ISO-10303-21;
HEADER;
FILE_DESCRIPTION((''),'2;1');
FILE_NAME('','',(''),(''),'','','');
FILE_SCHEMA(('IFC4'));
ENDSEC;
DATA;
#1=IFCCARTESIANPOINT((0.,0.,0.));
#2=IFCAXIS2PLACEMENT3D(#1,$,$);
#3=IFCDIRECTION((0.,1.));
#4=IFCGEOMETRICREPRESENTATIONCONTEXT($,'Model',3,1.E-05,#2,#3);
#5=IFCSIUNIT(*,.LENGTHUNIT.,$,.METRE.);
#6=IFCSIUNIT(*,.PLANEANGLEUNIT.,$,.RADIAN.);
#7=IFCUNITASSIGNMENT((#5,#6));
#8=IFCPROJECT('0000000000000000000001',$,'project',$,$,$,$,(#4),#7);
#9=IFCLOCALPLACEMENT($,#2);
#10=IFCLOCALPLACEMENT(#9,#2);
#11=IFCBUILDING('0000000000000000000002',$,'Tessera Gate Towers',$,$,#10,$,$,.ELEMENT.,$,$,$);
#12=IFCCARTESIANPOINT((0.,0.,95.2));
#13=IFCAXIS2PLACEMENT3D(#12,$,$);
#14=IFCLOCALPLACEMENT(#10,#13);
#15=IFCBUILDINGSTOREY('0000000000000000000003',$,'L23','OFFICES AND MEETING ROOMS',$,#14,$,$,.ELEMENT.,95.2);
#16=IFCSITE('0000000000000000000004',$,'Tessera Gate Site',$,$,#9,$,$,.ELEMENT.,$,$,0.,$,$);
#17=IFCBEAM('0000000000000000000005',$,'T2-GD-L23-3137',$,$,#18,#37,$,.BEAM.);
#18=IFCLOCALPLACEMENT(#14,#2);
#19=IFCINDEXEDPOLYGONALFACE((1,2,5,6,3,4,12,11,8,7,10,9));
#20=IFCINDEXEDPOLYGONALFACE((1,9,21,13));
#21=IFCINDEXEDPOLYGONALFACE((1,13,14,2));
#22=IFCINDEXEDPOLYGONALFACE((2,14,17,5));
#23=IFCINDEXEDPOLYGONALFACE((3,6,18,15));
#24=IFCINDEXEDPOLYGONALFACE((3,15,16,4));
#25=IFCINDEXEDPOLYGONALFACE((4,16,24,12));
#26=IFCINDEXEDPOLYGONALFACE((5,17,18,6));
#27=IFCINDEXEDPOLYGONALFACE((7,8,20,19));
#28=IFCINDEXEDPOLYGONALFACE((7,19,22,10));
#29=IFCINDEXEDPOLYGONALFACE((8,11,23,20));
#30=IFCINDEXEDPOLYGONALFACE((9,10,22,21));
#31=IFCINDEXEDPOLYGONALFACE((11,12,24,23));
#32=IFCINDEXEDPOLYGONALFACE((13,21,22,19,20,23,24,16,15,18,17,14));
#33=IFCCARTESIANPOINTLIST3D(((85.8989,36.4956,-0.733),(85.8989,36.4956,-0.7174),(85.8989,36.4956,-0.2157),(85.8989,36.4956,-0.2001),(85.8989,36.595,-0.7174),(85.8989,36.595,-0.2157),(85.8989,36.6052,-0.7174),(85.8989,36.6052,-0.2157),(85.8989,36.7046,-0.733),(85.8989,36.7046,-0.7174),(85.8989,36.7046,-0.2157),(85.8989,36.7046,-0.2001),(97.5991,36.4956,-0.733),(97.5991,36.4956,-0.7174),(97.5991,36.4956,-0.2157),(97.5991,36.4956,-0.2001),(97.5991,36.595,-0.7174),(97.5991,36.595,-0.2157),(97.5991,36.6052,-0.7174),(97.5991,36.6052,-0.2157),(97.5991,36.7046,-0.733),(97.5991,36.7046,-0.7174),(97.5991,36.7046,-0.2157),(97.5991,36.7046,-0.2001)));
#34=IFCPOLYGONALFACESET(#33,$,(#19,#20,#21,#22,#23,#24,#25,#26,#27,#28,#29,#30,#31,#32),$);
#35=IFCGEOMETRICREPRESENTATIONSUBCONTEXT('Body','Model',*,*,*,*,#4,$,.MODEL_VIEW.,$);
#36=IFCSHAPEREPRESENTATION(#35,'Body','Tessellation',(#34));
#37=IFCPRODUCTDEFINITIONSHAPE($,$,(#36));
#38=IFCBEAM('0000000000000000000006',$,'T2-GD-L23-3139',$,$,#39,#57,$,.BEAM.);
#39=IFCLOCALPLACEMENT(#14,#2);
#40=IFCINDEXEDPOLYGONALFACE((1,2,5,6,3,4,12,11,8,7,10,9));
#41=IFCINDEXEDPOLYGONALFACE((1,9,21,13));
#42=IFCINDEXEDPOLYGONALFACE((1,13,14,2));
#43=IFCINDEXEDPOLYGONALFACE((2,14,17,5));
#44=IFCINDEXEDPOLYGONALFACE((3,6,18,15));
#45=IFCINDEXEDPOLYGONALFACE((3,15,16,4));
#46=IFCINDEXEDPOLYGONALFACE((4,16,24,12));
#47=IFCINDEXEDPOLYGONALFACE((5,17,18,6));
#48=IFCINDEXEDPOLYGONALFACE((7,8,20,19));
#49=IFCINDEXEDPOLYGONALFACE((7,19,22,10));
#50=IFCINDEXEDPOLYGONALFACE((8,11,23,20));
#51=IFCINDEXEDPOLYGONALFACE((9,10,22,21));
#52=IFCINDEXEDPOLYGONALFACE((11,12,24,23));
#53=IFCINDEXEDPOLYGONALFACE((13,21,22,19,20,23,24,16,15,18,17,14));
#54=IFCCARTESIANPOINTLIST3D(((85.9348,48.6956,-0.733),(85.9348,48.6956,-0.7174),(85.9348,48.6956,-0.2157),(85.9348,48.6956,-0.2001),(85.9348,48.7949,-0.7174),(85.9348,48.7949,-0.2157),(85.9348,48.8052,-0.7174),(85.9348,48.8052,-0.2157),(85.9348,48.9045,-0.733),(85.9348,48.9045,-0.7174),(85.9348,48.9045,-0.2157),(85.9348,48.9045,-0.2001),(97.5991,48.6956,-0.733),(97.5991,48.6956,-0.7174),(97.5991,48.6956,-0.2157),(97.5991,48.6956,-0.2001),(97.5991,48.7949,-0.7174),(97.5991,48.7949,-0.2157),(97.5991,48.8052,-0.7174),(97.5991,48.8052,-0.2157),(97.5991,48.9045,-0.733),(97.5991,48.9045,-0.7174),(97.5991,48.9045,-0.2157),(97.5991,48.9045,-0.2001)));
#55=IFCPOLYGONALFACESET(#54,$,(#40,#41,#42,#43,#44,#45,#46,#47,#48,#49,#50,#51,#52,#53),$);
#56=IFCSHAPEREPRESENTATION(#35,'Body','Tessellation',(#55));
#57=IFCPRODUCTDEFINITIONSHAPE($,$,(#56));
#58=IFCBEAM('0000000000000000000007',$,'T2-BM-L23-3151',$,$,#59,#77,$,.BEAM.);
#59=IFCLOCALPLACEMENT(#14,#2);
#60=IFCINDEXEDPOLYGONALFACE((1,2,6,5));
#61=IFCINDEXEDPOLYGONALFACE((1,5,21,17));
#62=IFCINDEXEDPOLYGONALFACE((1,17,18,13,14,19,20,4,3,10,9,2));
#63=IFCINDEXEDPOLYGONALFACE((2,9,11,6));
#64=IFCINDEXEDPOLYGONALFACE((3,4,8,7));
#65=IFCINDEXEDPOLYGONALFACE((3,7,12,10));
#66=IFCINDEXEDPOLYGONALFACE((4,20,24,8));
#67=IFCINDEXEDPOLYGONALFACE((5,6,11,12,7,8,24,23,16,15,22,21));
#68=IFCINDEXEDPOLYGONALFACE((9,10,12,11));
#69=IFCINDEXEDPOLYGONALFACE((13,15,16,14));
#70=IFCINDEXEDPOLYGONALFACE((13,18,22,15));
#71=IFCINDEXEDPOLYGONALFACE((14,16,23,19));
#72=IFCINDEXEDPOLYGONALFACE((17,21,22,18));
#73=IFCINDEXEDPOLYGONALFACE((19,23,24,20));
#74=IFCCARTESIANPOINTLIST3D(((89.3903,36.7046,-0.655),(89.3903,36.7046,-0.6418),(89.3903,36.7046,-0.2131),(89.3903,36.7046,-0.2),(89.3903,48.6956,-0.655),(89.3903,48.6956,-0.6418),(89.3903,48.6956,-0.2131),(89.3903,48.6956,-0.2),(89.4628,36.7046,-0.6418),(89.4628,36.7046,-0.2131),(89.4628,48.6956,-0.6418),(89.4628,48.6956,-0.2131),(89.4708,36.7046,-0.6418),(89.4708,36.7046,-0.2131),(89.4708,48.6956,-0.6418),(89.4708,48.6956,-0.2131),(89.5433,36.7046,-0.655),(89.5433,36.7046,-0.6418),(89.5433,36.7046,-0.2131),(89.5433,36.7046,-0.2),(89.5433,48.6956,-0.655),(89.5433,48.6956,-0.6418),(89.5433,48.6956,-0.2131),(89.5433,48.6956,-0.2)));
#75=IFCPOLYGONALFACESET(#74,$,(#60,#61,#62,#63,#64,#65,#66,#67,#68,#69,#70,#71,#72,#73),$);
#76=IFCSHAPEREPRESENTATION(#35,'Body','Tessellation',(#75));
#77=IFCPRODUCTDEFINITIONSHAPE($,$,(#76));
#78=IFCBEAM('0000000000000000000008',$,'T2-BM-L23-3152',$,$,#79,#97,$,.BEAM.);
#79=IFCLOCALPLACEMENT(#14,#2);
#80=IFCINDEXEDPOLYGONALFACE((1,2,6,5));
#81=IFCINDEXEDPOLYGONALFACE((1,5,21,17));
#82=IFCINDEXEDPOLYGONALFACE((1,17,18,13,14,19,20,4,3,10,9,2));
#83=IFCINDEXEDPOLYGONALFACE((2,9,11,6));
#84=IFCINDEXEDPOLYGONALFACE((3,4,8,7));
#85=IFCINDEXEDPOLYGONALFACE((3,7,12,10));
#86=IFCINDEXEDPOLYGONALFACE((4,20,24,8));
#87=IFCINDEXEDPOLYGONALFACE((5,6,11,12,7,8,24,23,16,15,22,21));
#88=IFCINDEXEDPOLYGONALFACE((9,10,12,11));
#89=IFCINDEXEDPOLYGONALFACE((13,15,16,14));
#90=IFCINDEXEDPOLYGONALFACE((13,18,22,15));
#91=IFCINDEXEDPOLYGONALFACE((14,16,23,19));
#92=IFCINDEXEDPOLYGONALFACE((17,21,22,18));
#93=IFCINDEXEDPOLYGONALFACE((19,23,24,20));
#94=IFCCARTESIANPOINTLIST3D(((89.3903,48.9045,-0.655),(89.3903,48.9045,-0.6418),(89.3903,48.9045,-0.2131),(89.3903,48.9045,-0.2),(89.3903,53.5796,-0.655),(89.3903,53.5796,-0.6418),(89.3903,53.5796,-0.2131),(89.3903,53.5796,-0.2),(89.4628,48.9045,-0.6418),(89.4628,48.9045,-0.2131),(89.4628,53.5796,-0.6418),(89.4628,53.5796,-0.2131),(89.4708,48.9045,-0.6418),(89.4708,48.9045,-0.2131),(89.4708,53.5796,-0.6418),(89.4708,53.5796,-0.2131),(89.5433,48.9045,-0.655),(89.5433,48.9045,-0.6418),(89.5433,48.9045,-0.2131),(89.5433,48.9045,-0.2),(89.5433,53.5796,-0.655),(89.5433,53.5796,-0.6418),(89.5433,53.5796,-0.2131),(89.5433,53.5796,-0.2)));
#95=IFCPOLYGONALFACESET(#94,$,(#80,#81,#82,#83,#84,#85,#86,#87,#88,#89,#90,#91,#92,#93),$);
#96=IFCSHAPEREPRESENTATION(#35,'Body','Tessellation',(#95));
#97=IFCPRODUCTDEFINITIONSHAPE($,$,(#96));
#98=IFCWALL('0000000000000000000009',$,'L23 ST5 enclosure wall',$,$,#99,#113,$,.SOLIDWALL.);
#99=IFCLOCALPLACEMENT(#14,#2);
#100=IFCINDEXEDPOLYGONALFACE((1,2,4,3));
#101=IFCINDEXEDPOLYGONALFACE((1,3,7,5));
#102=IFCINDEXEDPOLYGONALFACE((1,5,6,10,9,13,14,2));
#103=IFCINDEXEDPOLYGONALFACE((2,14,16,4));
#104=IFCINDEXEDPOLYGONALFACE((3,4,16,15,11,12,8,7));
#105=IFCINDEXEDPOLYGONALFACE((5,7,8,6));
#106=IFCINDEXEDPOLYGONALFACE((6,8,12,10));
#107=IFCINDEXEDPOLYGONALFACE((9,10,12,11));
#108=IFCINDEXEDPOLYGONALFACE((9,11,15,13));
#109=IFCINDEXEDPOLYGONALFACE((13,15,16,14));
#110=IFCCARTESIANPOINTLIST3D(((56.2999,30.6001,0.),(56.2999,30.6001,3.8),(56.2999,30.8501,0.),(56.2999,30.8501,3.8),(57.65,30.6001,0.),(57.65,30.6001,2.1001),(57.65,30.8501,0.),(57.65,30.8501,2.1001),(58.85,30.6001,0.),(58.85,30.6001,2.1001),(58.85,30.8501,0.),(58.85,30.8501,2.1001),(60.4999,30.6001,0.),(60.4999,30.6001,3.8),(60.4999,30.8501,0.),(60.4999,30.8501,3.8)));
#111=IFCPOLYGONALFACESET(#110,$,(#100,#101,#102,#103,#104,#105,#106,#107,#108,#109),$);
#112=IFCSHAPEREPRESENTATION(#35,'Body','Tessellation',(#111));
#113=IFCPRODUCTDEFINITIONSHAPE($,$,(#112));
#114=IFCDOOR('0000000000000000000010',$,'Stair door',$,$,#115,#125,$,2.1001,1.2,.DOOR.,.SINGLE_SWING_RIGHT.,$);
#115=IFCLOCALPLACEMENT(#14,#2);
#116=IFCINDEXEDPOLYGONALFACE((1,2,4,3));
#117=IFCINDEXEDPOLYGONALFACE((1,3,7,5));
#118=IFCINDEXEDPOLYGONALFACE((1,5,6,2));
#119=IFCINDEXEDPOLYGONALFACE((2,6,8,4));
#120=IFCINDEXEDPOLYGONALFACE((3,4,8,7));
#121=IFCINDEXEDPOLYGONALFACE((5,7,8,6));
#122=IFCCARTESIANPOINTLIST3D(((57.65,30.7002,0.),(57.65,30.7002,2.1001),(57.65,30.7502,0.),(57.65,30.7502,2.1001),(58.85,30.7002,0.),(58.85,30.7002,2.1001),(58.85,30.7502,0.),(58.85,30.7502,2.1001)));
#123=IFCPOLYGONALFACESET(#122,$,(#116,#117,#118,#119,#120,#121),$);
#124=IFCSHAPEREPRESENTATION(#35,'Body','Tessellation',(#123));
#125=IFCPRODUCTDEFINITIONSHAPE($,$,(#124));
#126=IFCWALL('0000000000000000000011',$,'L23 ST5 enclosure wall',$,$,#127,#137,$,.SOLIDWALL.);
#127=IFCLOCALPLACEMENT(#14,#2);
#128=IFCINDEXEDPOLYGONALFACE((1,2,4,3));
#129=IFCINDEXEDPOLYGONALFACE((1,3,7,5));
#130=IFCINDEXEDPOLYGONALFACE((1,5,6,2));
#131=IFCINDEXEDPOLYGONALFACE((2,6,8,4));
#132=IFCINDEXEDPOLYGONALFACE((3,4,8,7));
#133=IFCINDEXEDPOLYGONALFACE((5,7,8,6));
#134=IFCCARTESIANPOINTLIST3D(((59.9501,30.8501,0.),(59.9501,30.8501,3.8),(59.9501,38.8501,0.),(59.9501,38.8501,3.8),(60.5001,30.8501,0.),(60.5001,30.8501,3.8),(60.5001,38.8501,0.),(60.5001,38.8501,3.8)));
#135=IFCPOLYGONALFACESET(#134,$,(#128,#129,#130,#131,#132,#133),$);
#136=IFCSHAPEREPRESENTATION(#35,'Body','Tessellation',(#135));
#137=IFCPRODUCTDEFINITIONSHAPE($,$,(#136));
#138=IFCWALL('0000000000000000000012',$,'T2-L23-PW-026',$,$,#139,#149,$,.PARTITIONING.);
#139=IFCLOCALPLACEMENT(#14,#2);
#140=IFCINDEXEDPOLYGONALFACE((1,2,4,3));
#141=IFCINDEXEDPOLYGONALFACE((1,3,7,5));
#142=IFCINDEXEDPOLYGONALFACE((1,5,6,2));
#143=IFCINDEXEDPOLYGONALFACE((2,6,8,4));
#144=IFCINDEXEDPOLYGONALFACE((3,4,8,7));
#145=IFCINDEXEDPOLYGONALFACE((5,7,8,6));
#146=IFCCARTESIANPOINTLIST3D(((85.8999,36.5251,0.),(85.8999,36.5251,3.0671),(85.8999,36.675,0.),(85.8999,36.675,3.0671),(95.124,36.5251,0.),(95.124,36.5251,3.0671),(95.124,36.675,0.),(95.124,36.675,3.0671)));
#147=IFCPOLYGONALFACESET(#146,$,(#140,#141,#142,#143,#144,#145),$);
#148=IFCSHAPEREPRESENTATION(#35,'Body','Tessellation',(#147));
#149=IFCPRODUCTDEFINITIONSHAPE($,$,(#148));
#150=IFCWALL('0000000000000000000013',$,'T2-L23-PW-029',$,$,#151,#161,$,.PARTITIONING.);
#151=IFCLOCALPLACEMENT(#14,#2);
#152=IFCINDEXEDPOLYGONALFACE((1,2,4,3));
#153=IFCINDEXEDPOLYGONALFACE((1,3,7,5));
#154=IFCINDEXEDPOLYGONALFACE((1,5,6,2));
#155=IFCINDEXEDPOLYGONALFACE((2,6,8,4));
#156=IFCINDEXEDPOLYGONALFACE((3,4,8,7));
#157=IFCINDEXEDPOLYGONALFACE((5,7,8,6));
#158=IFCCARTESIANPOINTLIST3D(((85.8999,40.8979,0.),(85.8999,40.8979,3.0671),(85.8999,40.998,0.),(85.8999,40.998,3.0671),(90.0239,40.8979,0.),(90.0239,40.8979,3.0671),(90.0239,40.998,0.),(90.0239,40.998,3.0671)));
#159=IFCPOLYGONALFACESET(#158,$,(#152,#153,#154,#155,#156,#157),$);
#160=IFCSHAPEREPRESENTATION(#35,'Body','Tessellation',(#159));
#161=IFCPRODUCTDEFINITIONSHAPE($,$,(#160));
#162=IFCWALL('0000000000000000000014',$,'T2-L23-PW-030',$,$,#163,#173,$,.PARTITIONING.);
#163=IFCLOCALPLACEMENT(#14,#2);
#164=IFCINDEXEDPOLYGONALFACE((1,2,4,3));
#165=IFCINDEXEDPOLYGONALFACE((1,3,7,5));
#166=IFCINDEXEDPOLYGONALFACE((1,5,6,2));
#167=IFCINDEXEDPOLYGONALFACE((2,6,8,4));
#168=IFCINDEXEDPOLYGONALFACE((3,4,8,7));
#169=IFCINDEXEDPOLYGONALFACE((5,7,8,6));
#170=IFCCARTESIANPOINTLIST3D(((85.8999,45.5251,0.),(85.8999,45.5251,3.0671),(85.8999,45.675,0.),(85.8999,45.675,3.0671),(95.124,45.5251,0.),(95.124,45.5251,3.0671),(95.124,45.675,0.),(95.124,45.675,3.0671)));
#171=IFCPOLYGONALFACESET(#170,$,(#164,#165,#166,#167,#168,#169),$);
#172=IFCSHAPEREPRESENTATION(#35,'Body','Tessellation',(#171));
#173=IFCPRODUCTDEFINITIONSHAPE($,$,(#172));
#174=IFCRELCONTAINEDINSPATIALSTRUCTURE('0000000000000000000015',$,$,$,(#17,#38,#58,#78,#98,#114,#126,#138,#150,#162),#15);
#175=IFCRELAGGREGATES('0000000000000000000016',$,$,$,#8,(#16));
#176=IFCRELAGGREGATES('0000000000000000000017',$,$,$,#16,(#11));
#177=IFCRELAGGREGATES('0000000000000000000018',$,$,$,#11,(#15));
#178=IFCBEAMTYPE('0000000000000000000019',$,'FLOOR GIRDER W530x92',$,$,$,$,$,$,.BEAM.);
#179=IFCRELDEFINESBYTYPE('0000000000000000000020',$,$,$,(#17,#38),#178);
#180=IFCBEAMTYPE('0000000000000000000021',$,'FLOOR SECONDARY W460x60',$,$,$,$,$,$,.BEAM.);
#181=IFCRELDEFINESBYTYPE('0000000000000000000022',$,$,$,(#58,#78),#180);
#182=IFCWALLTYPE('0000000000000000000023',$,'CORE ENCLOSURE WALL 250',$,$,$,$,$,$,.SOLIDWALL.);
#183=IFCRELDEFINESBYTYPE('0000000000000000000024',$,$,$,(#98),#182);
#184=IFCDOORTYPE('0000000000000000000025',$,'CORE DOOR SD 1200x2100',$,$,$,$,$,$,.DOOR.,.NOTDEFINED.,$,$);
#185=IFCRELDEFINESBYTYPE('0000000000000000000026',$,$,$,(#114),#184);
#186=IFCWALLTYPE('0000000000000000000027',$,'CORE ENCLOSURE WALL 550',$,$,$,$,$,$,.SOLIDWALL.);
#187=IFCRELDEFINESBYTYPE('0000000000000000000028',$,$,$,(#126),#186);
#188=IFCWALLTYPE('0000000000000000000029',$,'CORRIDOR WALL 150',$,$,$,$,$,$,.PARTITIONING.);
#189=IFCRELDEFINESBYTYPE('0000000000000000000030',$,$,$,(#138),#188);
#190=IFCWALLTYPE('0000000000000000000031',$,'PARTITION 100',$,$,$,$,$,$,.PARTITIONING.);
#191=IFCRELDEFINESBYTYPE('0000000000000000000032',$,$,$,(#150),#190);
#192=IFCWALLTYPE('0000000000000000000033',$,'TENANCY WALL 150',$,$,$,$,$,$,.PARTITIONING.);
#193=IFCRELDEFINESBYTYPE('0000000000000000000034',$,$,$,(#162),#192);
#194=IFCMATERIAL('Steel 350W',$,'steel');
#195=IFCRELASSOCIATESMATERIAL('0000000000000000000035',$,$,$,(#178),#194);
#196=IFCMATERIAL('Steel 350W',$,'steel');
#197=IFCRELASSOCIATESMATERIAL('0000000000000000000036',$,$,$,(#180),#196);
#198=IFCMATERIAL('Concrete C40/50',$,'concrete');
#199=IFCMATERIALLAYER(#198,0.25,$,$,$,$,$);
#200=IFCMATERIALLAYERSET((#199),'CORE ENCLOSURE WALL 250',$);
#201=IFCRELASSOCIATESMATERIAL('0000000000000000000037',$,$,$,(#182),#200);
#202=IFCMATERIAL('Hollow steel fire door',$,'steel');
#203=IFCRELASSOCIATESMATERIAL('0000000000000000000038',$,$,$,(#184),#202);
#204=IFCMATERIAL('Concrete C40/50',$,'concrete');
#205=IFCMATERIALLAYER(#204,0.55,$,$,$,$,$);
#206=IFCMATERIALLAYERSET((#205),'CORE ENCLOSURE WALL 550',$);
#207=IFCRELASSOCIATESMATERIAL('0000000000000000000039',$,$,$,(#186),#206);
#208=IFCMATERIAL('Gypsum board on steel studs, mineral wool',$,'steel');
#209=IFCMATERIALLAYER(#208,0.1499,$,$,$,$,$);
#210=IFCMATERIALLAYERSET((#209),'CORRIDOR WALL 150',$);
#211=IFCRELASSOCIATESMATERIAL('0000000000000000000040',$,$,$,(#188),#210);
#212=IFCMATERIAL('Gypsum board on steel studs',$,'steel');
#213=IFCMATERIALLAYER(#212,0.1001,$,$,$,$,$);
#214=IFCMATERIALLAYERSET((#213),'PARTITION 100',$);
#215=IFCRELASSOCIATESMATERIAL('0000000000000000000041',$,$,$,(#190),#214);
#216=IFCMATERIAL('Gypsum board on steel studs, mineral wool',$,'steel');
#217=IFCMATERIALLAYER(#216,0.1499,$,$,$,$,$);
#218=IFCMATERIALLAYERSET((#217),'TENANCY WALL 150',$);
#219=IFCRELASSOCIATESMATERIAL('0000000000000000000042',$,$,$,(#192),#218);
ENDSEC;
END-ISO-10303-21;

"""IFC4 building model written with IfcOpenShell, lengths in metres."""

from ifc_helpers import new_model, si_unit, direction, frame, frame_2d, origin, origin_2d, place, context, subcontext, project, spatial, rectangle, i_section, extrude, source, transform, mapped, material, layer, layer_set, material_profile, profile_set, type_object, element, fill, save


model = new_model("IFC4")

# Units and contexts
model_context = context("Model", 3, precision=1e-05, world=origin(), true_north=direction((0.0, 1.0)))
body_context = subcontext(model_context, "Body", "Model", "MODEL_VIEW")
ifc_project = project(units=[si_unit("LENGTHUNIT", "METRE"), si_unit("PLANEANGLEUNIT", "RADIAN")], contexts=[model_context])

# Site, building, storey
site_placement = place(None, origin())
site = spatial("IfcSite", under=ifc_project, at=site_placement, Name="Tessera Gate Site", CompositionType="ELEMENT", RefElevation=0.0)
building_placement = place(site_placement, origin())
building = spatial("IfcBuilding", under=site, at=building_placement, Name="Tessera Gate Towers", CompositionType="ELEMENT")
storey_placement = place(building_placement, frame((0.0, 0.0, 95.2)))
storey = spatial("IfcBuildingStorey", under=building, at=storey_placement, Name="L23", Description="OFFICES AND MEETING ROOMS", CompositionType="ELEMENT", Elevation=95.2)

# Beams
ifc_material_1 = material(Name="Steel 350W", Category="steel")
ifc_material_profile_1 = material_profile(ifc_material_1, i_section(OverallWidth=0.209, OverallDepth=0.533, WebThickness=0.0103, FlangeThickness=0.0156, at=origin_2d()), Name="W530x92")
ifc_profile_set_1 = profile_set([ifc_material_profile_1], Name="Steel 350W")
beam_type_1 = type_object("IfcBeamType", Name="FLOOR GIRDER W530x92", PredefinedType="BEAM", material=ifc_profile_set_1)
beam_1_placement = place(storey_placement, frame((85.8989, 36.6001, -0.4666), z_axis=(1.0, 0.0, 0.0), x_axis=(0.0, 1.0, 0.0)))
element("IfcBeam", 1, at=beam_1_placement, inside=storey, type_object=beam_type_1, Name="T2-GD-L23-3137", PredefinedType="BEAM", context=body_context, shape_type="SweptSolid", body=[
    extrude(i_section(OverallWidth=0.209, OverallDepth=0.533, WebThickness=0.0103, FlangeThickness=0.0156, at=origin_2d()), origin(), (0.0, 0.0, 1.0), 11.7002),
])
beam_2_placement = place(storey_placement, frame((85.9348, 48.8, -0.4666), z_axis=(1.0, 0.0, 0.0), x_axis=(0.0, 1.0, 0.0)))
element("IfcBeam", 2, at=beam_2_placement, inside=storey, type_object=beam_type_1, Name="T2-GD-L23-3139", PredefinedType="BEAM", context=body_context, shape_type="SweptSolid", body=[
    extrude(i_section(OverallWidth=0.209, OverallDepth=0.533, WebThickness=0.0103, FlangeThickness=0.0156, at=origin_2d()), origin(), (0.0, 0.0, 1.0), 11.6643),
])
ifc_material_2 = material(Name="Steel 350W", Category="steel")
ifc_material_profile_2 = material_profile(ifc_material_2, i_section(OverallWidth=0.1531, OverallDepth=0.4551, WebThickness=0.0081, FlangeThickness=0.0132, at=origin_2d()), Name="W460x60")
ifc_profile_set_2 = profile_set([ifc_material_profile_2], Name="Steel 350W")
beam_type_2 = type_object("IfcBeamType", Name="FLOOR SECONDARY W460x60", PredefinedType="BEAM", material=ifc_profile_set_2)
beam_3_placement = place(storey_placement, frame((89.4668, 36.7046, -0.4275), z_axis=(0.0, 1.0, 0.0), x_axis=(-1.0, 0.0, 0.0)))
element("IfcBeam", 3, at=beam_3_placement, inside=storey, type_object=beam_type_2, Name="T2-BM-L23-3151", PredefinedType="BEAM", context=body_context, shape_type="SweptSolid", body=[
    extrude(i_section(OverallWidth=0.1531, OverallDepth=0.4551, WebThickness=0.0081, FlangeThickness=0.0132, at=origin_2d()), origin(), (0.0, 0.0, 1.0), 11.991),
])
beam_4_placement = place(storey_placement, frame((89.4668, 48.9045, -0.4275), z_axis=(0.0, 1.0, 0.0), x_axis=(-1.0, 0.0, 0.0)))
element("IfcBeam", 4, at=beam_4_placement, inside=storey, type_object=beam_type_2, Name="T2-BM-L23-3152", PredefinedType="BEAM", context=body_context, shape_type="SweptSolid", body=[
    extrude(i_section(OverallWidth=0.1531, OverallDepth=0.4551, WebThickness=0.0081, FlangeThickness=0.0132, at=origin_2d()), origin(), (0.0, 0.0, 1.0), 4.675),
])

# Wall, opening, door
ifc_material_3 = material(Name="Concrete C40/50", Category="concrete")
ifc_layer_1 = layer(ifc_material_3, 0.25)
ifc_layer_set_1 = layer_set([ifc_layer_1], Name="CORE ENCLOSURE WALL 250")
wall_type_1 = type_object("IfcWallType", Name="CORE ENCLOSURE WALL 250", PredefinedType="SOLIDWALL", material=ifc_layer_set_1)
wall_1_placement = place(storey_placement, frame((60.5, 30.7251, 0.0), z_axis=(0.0, 0.0, 1.0), x_axis=(-1.0, 0.0, 0.0)))
wall_1 = element("IfcWall", 5, at=wall_1_placement, inside=storey, type_object=wall_type_1, Name="L23 ST5 enclosure wall", PredefinedType="SOLIDWALL", context=body_context, shape_type="SweptSolid", body=[
    extrude(rectangle(XDim=4.2, YDim=0.25, at=frame_2d((2.1001, 0.0))), origin(), (0.0, 0.0, 1.0), 3.8),
])
shared_shape_1 = source(origin(), body_context, "Body", "SweptSolid", [
    extrude(rectangle(XDim=1.2, YDim=2.1001, at=frame_2d((0.6001, 1.05))), frame((0.0, 0.135, 0.0), z_axis=(0.0, -1.0, 0.0), x_axis=(1.0, 0.0, 0.0)), (0.0, 0.0, 1.0), 0.27),
])
opening_1_placement = place(wall_1_placement, frame((1.6499, 0.0, 0.0)))
opening_1 = element("IfcOpeningElement", 6, at=opening_1_placement, cuts=wall_1, PredefinedType="OPENING", context=body_context, shape_type="MappedRepresentation", body=[
    mapped(shared_shape_1, transform((0.0, 0.0, 0.0), scale=1.0)),
])
ifc_material_4 = material(Name="Hollow steel fire door", Category="steel")
door_type = type_object("IfcDoorType", Name="CORE DOOR SD 1200x2100", OperationType="NOTDEFINED", PredefinedType="DOOR", material=ifc_material_4)
shared_shape_2 = source(origin(), body_context, "Body", "SweptSolid", [
    extrude(rectangle(XDim=1.2, YDim=2.1001, at=frame_2d((0.6001, 1.05))), frame((0.0, 0.0249, 0.0), z_axis=(0.0, -1.0, 0.0), x_axis=(1.0, 0.0, 0.0)), (0.0, 0.0, 1.0), 0.05),
])
door_placement = place(opening_1_placement, origin())
door = element("IfcDoor", 7, at=door_placement, inside=storey, type_object=door_type, Name="Stair door", OperationType="SINGLE_SWING_RIGHT", OverallHeight=2.1001, OverallWidth=1.2, PredefinedType="DOOR", context=body_context, shape_type="MappedRepresentation", body=[
    mapped(shared_shape_2, transform((0.0, 0.0, 0.0), scale=1.0)),
])
fill(opening_1, door)

# Walls
ifc_material_5 = material(Name="Concrete C40/50", Category="concrete")
ifc_layer_2 = layer(ifc_material_5, 0.55)
ifc_layer_set_2 = layer_set([ifc_layer_2], Name="CORE ENCLOSURE WALL 550")
wall_type_2 = type_object("IfcWallType", Name="CORE ENCLOSURE WALL 550", PredefinedType="SOLIDWALL", material=ifc_layer_set_2)
wall_2_placement = place(storey_placement, frame((60.2251, 38.8501, 0.0), z_axis=(0.0, 0.0, 1.0), x_axis=(0.0, -1.0, 0.0)))
element("IfcWall", 8, at=wall_2_placement, inside=storey, type_object=wall_type_2, Name="L23 ST5 enclosure wall", PredefinedType="SOLIDWALL", context=body_context, shape_type="SweptSolid", body=[
    extrude(rectangle(XDim=8.0, YDim=0.55, at=frame_2d((4.0, 0.0))), origin(), (0.0, 0.0, 1.0), 3.8),
])
ifc_material_6 = material(Name="Gypsum board on steel studs, mineral wool", Category="steel")
ifc_layer_3 = layer(ifc_material_6, 0.1499)
ifc_layer_set_3 = layer_set([ifc_layer_3], Name="CORRIDOR WALL 150")
wall_type_3 = type_object("IfcWallType", Name="CORRIDOR WALL 150", PredefinedType="PARTITIONING", material=ifc_layer_set_3)
wall_3_placement = place(storey_placement, frame((85.8999, 36.6001, 0.0), z_axis=(0.0, 0.0, 1.0), x_axis=(1.0, 0.0, 0.0)))
element("IfcWall", 9, at=wall_3_placement, inside=storey, type_object=wall_type_3, Name="T2-L23-PW-026", PredefinedType="PARTITIONING", context=body_context, shape_type="SweptSolid", body=[
    extrude(rectangle(XDim=9.2241, YDim=0.1499, at=frame_2d((4.6121, 0.0))), origin(), (0.0, 0.0, 1.0), 3.0671),
])
ifc_material_7 = material(Name="Gypsum board on steel studs", Category="steel")
ifc_layer_4 = layer(ifc_material_7, 0.1001)
ifc_layer_set_4 = layer_set([ifc_layer_4], Name="PARTITION 100")
wall_type_4 = type_object("IfcWallType", Name="PARTITION 100", PredefinedType="PARTITIONING", material=ifc_layer_set_4)
wall_4_placement = place(storey_placement, frame((85.8999, 40.948, 0.0), z_axis=(0.0, 0.0, 1.0), x_axis=(1.0, 0.0, 0.0)))
element("IfcWall", 10, at=wall_4_placement, inside=storey, type_object=wall_type_4, Name="T2-L23-PW-029", PredefinedType="PARTITIONING", context=body_context, shape_type="SweptSolid", body=[
    extrude(rectangle(XDim=4.124, YDim=0.1001, at=frame_2d((2.062, 0.0))), origin(), (0.0, 0.0, 1.0), 3.0671),
])
ifc_material_8 = material(Name="Gypsum board on steel studs, mineral wool", Category="steel")
ifc_layer_5 = layer(ifc_material_8, 0.1499)
ifc_layer_set_5 = layer_set([ifc_layer_5], Name="TENANCY WALL 150")
wall_type_5 = type_object("IfcWallType", Name="TENANCY WALL 150", PredefinedType="PARTITIONING", material=ifc_layer_set_5)
wall_5_placement = place(storey_placement, frame((85.8999, 45.6001, 0.0), z_axis=(0.0, 0.0, 1.0), x_axis=(1.0, 0.0, 0.0)))
element("IfcWall", 11, at=wall_5_placement, inside=storey, type_object=wall_type_5, Name="T2-L23-PW-030", PredefinedType="PARTITIONING", context=body_context, shape_type="SweptSolid", body=[
    extrude(rectangle(XDim=9.2241, YDim=0.1499, at=frame_2d((4.6121, 0.0))), origin(), (0.0, 0.0, 1.0), 3.0671),
])

save(model, "model.ifc")
